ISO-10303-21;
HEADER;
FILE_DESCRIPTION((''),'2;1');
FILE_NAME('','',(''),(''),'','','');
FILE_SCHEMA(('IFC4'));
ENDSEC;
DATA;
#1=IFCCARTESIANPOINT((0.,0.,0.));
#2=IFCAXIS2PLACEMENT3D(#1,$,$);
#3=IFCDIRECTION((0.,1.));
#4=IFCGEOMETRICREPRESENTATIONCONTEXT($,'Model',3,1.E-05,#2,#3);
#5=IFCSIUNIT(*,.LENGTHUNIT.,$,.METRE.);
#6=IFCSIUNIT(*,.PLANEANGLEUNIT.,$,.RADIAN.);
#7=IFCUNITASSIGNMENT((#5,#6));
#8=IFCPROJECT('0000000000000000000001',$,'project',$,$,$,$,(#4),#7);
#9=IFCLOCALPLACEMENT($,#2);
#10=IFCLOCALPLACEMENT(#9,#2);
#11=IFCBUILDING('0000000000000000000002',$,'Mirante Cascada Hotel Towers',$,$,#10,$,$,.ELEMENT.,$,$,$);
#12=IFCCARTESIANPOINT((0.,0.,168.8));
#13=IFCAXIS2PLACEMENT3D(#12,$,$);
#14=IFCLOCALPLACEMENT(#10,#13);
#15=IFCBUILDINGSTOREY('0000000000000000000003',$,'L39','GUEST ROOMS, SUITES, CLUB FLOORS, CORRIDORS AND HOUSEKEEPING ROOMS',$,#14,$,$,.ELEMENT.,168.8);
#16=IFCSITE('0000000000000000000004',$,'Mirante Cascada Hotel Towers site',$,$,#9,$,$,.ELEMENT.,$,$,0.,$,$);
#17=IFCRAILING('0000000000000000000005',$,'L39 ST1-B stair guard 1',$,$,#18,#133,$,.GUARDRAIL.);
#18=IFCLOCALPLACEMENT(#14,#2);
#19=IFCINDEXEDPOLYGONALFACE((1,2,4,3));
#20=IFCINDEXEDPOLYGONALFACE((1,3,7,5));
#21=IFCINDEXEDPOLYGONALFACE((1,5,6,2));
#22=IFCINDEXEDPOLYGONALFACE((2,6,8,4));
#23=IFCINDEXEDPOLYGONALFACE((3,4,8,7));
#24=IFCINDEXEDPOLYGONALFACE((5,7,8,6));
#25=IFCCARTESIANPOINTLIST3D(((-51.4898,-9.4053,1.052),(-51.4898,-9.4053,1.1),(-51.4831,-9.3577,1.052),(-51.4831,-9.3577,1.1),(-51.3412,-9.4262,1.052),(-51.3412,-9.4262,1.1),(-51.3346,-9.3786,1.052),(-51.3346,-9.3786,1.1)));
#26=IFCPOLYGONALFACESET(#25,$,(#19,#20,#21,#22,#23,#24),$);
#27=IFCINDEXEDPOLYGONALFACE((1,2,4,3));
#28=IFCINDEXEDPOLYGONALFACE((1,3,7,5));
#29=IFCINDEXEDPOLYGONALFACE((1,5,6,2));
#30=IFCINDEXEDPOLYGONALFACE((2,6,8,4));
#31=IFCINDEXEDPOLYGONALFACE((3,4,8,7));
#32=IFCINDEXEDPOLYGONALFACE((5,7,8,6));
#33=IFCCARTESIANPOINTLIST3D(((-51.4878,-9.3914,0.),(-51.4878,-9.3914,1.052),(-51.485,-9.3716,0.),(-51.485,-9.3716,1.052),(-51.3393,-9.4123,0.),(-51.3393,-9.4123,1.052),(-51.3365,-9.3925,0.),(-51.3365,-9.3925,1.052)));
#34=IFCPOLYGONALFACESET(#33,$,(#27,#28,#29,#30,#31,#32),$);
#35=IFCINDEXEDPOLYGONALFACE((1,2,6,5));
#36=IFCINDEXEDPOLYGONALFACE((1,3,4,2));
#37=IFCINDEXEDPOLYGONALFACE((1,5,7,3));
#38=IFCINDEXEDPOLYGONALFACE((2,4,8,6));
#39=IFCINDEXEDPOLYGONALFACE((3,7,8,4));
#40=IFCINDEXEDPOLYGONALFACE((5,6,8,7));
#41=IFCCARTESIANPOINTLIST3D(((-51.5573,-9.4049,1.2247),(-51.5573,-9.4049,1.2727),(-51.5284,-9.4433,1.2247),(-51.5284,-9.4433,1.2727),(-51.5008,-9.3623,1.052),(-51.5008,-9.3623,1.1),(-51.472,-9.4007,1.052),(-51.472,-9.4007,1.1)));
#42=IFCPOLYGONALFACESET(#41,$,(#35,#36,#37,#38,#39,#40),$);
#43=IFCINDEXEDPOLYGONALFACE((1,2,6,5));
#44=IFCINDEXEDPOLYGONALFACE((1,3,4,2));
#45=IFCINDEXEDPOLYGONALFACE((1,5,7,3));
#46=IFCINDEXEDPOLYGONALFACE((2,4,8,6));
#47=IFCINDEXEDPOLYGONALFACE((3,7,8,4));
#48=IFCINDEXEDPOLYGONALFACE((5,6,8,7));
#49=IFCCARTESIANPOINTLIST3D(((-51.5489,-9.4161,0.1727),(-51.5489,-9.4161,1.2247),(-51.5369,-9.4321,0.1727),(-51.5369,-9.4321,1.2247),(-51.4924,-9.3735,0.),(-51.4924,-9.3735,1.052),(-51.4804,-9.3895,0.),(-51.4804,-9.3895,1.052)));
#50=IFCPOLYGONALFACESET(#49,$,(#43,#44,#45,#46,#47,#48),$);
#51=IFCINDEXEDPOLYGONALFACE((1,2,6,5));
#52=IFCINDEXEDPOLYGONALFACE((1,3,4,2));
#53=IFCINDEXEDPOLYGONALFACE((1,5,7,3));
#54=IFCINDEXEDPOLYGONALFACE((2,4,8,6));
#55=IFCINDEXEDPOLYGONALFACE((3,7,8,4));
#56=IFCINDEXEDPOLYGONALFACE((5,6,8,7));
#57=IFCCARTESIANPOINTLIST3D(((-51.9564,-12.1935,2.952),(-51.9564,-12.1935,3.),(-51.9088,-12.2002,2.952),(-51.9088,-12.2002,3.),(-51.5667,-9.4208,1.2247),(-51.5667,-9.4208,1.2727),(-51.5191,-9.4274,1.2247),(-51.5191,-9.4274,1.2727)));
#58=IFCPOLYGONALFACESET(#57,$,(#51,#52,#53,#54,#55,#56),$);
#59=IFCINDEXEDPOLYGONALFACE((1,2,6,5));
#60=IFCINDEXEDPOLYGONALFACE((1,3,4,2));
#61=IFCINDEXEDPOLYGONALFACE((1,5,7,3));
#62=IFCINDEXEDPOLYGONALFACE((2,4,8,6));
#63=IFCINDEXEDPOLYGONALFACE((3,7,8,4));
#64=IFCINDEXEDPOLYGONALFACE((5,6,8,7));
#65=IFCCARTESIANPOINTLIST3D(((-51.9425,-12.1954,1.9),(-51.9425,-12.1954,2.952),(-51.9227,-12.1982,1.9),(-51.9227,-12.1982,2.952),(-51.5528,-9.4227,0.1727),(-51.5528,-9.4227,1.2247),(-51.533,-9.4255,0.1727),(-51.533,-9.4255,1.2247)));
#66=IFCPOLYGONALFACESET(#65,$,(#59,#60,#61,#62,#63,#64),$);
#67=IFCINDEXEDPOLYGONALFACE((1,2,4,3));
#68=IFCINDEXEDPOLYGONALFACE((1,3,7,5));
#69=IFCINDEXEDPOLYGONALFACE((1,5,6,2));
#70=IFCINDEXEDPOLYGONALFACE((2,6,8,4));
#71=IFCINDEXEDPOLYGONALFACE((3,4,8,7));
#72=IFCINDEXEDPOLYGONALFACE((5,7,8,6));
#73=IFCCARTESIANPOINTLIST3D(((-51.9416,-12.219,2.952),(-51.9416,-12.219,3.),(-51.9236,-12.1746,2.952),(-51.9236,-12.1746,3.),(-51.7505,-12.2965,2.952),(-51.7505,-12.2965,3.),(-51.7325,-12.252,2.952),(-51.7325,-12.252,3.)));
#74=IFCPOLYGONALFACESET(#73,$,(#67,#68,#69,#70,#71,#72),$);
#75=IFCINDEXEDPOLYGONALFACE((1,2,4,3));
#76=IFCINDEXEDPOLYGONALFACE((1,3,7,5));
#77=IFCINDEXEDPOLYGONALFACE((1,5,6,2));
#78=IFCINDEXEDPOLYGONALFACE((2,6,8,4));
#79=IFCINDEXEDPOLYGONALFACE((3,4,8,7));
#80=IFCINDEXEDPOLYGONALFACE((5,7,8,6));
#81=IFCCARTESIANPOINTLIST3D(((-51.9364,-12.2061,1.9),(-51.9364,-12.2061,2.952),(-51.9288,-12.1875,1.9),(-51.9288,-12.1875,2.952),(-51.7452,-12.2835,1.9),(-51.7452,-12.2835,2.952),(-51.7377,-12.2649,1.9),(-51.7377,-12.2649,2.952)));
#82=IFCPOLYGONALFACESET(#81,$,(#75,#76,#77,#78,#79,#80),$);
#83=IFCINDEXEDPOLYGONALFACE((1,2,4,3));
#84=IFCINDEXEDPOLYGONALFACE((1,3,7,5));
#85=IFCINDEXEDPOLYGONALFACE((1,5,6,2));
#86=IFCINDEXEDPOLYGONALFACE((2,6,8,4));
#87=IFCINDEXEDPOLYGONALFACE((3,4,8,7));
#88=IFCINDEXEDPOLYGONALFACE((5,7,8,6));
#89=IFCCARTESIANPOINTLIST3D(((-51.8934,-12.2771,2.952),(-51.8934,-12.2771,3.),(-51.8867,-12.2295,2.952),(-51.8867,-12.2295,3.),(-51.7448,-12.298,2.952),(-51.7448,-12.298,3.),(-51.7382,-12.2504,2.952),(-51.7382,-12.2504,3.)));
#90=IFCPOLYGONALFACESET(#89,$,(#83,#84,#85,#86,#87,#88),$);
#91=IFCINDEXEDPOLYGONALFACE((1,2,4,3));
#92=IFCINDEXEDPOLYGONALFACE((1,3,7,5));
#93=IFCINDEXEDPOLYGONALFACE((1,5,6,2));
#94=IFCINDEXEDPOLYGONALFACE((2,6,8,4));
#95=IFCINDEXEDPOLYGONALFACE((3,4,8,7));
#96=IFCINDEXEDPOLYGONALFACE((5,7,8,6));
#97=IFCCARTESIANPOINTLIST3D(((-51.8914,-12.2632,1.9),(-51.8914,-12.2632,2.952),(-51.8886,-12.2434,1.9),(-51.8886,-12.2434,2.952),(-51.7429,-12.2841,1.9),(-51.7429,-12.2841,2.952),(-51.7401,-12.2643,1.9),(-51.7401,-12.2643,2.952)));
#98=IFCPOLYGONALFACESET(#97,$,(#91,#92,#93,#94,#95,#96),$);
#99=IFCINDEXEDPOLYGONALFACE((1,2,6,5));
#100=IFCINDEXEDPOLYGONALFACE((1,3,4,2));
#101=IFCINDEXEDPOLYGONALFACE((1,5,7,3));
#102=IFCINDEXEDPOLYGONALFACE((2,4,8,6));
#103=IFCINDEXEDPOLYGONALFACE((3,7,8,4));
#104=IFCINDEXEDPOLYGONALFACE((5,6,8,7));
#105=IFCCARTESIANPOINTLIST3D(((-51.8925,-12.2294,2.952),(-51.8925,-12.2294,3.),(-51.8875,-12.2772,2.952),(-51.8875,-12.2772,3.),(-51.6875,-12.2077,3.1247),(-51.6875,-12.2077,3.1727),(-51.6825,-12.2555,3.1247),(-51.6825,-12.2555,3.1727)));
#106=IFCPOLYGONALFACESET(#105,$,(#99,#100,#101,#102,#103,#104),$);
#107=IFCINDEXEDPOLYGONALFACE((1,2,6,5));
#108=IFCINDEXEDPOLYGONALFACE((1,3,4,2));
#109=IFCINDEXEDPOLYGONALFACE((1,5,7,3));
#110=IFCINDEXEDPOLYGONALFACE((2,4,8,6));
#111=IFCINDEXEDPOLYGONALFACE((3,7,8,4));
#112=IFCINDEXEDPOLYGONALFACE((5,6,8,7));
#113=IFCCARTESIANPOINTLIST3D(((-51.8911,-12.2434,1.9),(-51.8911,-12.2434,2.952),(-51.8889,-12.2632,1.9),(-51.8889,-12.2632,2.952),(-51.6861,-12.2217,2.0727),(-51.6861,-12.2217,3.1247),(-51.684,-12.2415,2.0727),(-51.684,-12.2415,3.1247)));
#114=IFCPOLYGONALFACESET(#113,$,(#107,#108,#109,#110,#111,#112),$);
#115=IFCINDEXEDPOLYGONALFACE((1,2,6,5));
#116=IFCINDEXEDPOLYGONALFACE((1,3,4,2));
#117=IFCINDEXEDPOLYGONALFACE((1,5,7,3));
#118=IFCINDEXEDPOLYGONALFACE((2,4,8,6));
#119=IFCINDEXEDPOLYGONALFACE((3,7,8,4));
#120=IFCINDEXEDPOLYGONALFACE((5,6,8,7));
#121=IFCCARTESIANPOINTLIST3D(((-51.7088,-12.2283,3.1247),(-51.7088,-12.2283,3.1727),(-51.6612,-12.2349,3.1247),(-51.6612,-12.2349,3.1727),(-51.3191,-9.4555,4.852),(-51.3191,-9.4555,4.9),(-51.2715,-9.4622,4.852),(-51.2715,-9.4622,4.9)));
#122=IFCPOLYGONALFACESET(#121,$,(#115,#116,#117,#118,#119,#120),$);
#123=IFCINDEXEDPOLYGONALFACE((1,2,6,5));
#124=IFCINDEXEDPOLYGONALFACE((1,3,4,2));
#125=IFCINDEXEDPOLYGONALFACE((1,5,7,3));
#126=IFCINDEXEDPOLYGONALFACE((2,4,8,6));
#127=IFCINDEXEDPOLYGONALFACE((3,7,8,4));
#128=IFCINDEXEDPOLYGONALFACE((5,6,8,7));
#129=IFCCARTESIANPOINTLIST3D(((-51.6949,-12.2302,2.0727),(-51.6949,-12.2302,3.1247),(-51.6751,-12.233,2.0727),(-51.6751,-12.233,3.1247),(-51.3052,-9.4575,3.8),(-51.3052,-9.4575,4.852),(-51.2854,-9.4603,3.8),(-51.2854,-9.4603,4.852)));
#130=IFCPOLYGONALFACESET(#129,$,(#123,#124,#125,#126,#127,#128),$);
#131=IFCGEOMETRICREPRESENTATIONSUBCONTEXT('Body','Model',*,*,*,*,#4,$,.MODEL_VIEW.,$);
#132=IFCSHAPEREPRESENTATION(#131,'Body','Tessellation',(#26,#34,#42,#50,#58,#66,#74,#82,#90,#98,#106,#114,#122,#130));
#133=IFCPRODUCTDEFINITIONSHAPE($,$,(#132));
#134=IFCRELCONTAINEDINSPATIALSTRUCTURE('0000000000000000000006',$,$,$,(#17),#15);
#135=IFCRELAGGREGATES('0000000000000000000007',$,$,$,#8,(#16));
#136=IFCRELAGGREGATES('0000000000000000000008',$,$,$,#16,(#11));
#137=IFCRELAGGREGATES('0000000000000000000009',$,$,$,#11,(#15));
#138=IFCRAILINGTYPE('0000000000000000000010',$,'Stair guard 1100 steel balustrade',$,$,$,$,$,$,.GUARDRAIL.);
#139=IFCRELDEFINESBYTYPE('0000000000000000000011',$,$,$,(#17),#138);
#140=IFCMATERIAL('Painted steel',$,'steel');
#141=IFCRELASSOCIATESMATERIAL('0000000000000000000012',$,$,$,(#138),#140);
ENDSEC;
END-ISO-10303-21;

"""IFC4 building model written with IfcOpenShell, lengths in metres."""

from ifc_helpers import new_model, si_unit, direction, frame, origin, origin_2d, place, context, subcontext, project, spatial, rectangle, extrude, material, type_object, element, save


model = new_model("IFC4")

# Units and contexts
model_context = context("Model", 3, precision=1e-05, world=origin(), true_north=direction((0.0, 1.0)))
body_context = subcontext(model_context, "Body", "Model", "MODEL_VIEW")
ifc_project = project(units=[si_unit("LENGTHUNIT", "METRE"), si_unit("PLANEANGLEUNIT", "RADIAN")], contexts=[model_context])

# Site, building, storey
site_placement = place(None, origin())
site = spatial("IfcSite", under=ifc_project, at=site_placement, Name="Mirante Cascada Hotel Towers site", CompositionType="ELEMENT", RefElevation=0.0)
building_placement = place(site_placement, origin())
building = spatial("IfcBuilding", under=site, at=building_placement, Name="Mirante Cascada Hotel Towers", CompositionType="ELEMENT")
storey_placement = place(building_placement, frame((0.0, 0.0, 168.8)))
storey = spatial("IfcBuildingStorey", under=building, at=storey_placement, Name="L39", Description="GUEST ROOMS, SUITES, CLUB FLOORS, CORRIDORS AND HOUSEKEEPING ROOMS", CompositionType="ELEMENT", Elevation=168.8)

# Railing
ifc_material_1 = material(Name="Painted steel", Category="steel")
railing_type = type_object("IfcRailingType", Name="Stair guard 1100 steel balustrade", PredefinedType="GUARDRAIL", material=ifc_material_1)
railing_placement = place(storey_placement, frame((-51.3379, -9.4024, 0.0)))
element("IfcRailing", 1, at=railing_placement, inside=storey, type_object=railing_type, Name="L39 ST1-B stair guard 1", PredefinedType="GUARDRAIL", context=body_context, shape_type="SweptSolid", body=[
    extrude(rectangle(XDim=0.048, YDim=0.048, at=origin_2d()), frame((0.0, 0.0, 1.076), z_axis=(-0.990241, 0.139367, 0.0), x_axis=(-0.139367, -0.990241, 0.0)), (0.0, 0.0, 1.0), 0.15),
    extrude(rectangle(XDim=0.02, YDim=1.052, at=origin_2d()), frame((0.0, 0.0, 0.526), z_axis=(-0.990241, 0.139367, 0.0), x_axis=(-0.139367, -0.990241, 0.0)), (0.0, 0.0, 1.0), 0.15),
    extrude(rectangle(XDim=0.048, YDim=0.048, at=origin_2d()), frame((-0.1485, 0.0209, 1.076), z_axis=(-0.798471, -0.602033, 0.0), x_axis=(0.602033, -0.798471, 0.0)), (0.0, 0.92534, 0.379139), 0.1866),
    extrude(rectangle(XDim=0.02, YDim=1.052, at=origin_2d()), frame((-0.1485, 0.0209, 0.526), z_axis=(-0.798471, -0.602033, 0.0), x_axis=(0.602033, -0.798471, 0.0)), (0.0, 0.92534, 0.379139), 0.1866),
    extrude(rectangle(XDim=0.048, YDim=0.048, at=origin_2d()), frame((-0.205, -0.0217, 1.2487), z_axis=(-0.139181, -0.990267, 0.0), x_axis=(0.990267, -0.139181, 0.0)), (0.0, 0.525035, 0.851081), 3.2899),
    extrude(rectangle(XDim=0.02, YDim=1.052, at=origin_2d()), frame((-0.205, -0.0217, 0.6987), z_axis=(-0.139181, -0.990267, 0.0), x_axis=(0.990267, -0.139181, 0.0)), (0.0, 0.525035, 0.851081), 3.2899),
    extrude(rectangle(XDim=0.048, YDim=0.048, at=origin_2d()), frame((-0.5947, -2.7944, 2.976), z_axis=(0.926862, -0.375401, 0.0), x_axis=(0.375401, 0.926862, 0.0)), (0.0, 0.0, 1.0), 0.2062),
    extrude(rectangle(XDim=0.02, YDim=1.052, at=origin_2d()), frame((-0.5947, -2.7944, 2.426), z_axis=(0.926862, -0.375401, 0.0), x_axis=(0.375401, 0.926862, 0.0)), (0.0, 0.0, 1.0), 0.2062),
    extrude(rectangle(XDim=0.048, YDim=0.048, at=origin_2d()), frame((-0.4036, -2.8718, 2.976), z_axis=(-0.990241, 0.139367, 0.0), x_axis=(-0.139367, -0.990241, 0.0)), (0.0, 0.0, 1.0), 0.15),
    extrude(rectangle(XDim=0.02, YDim=1.052, at=origin_2d()), frame((-0.4036, -2.8718, 2.426), z_axis=(-0.990241, 0.139367, 0.0), x_axis=(-0.139367, -0.990241, 0.0)), (0.0, 0.0, 1.0), 0.15),
    extrude(rectangle(XDim=0.048, YDim=0.048, at=origin_2d()), frame((-0.5521, -2.8509, 2.976), z_axis=(0.994444, 0.105266, 0.0), x_axis=(-0.105266, 0.994444, 0.0)), (0.0, 0.642184, 0.76655), 0.2689),
    extrude(rectangle(XDim=0.02, YDim=1.052, at=origin_2d()), frame((-0.5521, -2.8509, 2.426), z_axis=(0.994444, 0.105266, 0.0), x_axis=(-0.105266, 0.994444, 0.0)), (0.0, 0.642184, 0.76655), 0.2689),
    extrude(rectangle(XDim=0.048, YDim=0.048, at=origin_2d()), frame((-0.3471, -2.8292, 3.1487), z_axis=(0.139181, 0.990267, 0.0), x_axis=(-0.990267, 0.139181, 0.0)), (0.0, 0.525035, 0.851081), 3.2899),
    extrude(rectangle(XDim=0.02, YDim=1.052, at=origin_2d()), frame((-0.3471, -2.8292, 2.5987), z_axis=(0.139181, 0.990267, 0.0), x_axis=(-0.990267, 0.139181, 0.0)), (0.0, 0.525035, 0.851081), 3.2899),
])

save(model, "model.ifc")
